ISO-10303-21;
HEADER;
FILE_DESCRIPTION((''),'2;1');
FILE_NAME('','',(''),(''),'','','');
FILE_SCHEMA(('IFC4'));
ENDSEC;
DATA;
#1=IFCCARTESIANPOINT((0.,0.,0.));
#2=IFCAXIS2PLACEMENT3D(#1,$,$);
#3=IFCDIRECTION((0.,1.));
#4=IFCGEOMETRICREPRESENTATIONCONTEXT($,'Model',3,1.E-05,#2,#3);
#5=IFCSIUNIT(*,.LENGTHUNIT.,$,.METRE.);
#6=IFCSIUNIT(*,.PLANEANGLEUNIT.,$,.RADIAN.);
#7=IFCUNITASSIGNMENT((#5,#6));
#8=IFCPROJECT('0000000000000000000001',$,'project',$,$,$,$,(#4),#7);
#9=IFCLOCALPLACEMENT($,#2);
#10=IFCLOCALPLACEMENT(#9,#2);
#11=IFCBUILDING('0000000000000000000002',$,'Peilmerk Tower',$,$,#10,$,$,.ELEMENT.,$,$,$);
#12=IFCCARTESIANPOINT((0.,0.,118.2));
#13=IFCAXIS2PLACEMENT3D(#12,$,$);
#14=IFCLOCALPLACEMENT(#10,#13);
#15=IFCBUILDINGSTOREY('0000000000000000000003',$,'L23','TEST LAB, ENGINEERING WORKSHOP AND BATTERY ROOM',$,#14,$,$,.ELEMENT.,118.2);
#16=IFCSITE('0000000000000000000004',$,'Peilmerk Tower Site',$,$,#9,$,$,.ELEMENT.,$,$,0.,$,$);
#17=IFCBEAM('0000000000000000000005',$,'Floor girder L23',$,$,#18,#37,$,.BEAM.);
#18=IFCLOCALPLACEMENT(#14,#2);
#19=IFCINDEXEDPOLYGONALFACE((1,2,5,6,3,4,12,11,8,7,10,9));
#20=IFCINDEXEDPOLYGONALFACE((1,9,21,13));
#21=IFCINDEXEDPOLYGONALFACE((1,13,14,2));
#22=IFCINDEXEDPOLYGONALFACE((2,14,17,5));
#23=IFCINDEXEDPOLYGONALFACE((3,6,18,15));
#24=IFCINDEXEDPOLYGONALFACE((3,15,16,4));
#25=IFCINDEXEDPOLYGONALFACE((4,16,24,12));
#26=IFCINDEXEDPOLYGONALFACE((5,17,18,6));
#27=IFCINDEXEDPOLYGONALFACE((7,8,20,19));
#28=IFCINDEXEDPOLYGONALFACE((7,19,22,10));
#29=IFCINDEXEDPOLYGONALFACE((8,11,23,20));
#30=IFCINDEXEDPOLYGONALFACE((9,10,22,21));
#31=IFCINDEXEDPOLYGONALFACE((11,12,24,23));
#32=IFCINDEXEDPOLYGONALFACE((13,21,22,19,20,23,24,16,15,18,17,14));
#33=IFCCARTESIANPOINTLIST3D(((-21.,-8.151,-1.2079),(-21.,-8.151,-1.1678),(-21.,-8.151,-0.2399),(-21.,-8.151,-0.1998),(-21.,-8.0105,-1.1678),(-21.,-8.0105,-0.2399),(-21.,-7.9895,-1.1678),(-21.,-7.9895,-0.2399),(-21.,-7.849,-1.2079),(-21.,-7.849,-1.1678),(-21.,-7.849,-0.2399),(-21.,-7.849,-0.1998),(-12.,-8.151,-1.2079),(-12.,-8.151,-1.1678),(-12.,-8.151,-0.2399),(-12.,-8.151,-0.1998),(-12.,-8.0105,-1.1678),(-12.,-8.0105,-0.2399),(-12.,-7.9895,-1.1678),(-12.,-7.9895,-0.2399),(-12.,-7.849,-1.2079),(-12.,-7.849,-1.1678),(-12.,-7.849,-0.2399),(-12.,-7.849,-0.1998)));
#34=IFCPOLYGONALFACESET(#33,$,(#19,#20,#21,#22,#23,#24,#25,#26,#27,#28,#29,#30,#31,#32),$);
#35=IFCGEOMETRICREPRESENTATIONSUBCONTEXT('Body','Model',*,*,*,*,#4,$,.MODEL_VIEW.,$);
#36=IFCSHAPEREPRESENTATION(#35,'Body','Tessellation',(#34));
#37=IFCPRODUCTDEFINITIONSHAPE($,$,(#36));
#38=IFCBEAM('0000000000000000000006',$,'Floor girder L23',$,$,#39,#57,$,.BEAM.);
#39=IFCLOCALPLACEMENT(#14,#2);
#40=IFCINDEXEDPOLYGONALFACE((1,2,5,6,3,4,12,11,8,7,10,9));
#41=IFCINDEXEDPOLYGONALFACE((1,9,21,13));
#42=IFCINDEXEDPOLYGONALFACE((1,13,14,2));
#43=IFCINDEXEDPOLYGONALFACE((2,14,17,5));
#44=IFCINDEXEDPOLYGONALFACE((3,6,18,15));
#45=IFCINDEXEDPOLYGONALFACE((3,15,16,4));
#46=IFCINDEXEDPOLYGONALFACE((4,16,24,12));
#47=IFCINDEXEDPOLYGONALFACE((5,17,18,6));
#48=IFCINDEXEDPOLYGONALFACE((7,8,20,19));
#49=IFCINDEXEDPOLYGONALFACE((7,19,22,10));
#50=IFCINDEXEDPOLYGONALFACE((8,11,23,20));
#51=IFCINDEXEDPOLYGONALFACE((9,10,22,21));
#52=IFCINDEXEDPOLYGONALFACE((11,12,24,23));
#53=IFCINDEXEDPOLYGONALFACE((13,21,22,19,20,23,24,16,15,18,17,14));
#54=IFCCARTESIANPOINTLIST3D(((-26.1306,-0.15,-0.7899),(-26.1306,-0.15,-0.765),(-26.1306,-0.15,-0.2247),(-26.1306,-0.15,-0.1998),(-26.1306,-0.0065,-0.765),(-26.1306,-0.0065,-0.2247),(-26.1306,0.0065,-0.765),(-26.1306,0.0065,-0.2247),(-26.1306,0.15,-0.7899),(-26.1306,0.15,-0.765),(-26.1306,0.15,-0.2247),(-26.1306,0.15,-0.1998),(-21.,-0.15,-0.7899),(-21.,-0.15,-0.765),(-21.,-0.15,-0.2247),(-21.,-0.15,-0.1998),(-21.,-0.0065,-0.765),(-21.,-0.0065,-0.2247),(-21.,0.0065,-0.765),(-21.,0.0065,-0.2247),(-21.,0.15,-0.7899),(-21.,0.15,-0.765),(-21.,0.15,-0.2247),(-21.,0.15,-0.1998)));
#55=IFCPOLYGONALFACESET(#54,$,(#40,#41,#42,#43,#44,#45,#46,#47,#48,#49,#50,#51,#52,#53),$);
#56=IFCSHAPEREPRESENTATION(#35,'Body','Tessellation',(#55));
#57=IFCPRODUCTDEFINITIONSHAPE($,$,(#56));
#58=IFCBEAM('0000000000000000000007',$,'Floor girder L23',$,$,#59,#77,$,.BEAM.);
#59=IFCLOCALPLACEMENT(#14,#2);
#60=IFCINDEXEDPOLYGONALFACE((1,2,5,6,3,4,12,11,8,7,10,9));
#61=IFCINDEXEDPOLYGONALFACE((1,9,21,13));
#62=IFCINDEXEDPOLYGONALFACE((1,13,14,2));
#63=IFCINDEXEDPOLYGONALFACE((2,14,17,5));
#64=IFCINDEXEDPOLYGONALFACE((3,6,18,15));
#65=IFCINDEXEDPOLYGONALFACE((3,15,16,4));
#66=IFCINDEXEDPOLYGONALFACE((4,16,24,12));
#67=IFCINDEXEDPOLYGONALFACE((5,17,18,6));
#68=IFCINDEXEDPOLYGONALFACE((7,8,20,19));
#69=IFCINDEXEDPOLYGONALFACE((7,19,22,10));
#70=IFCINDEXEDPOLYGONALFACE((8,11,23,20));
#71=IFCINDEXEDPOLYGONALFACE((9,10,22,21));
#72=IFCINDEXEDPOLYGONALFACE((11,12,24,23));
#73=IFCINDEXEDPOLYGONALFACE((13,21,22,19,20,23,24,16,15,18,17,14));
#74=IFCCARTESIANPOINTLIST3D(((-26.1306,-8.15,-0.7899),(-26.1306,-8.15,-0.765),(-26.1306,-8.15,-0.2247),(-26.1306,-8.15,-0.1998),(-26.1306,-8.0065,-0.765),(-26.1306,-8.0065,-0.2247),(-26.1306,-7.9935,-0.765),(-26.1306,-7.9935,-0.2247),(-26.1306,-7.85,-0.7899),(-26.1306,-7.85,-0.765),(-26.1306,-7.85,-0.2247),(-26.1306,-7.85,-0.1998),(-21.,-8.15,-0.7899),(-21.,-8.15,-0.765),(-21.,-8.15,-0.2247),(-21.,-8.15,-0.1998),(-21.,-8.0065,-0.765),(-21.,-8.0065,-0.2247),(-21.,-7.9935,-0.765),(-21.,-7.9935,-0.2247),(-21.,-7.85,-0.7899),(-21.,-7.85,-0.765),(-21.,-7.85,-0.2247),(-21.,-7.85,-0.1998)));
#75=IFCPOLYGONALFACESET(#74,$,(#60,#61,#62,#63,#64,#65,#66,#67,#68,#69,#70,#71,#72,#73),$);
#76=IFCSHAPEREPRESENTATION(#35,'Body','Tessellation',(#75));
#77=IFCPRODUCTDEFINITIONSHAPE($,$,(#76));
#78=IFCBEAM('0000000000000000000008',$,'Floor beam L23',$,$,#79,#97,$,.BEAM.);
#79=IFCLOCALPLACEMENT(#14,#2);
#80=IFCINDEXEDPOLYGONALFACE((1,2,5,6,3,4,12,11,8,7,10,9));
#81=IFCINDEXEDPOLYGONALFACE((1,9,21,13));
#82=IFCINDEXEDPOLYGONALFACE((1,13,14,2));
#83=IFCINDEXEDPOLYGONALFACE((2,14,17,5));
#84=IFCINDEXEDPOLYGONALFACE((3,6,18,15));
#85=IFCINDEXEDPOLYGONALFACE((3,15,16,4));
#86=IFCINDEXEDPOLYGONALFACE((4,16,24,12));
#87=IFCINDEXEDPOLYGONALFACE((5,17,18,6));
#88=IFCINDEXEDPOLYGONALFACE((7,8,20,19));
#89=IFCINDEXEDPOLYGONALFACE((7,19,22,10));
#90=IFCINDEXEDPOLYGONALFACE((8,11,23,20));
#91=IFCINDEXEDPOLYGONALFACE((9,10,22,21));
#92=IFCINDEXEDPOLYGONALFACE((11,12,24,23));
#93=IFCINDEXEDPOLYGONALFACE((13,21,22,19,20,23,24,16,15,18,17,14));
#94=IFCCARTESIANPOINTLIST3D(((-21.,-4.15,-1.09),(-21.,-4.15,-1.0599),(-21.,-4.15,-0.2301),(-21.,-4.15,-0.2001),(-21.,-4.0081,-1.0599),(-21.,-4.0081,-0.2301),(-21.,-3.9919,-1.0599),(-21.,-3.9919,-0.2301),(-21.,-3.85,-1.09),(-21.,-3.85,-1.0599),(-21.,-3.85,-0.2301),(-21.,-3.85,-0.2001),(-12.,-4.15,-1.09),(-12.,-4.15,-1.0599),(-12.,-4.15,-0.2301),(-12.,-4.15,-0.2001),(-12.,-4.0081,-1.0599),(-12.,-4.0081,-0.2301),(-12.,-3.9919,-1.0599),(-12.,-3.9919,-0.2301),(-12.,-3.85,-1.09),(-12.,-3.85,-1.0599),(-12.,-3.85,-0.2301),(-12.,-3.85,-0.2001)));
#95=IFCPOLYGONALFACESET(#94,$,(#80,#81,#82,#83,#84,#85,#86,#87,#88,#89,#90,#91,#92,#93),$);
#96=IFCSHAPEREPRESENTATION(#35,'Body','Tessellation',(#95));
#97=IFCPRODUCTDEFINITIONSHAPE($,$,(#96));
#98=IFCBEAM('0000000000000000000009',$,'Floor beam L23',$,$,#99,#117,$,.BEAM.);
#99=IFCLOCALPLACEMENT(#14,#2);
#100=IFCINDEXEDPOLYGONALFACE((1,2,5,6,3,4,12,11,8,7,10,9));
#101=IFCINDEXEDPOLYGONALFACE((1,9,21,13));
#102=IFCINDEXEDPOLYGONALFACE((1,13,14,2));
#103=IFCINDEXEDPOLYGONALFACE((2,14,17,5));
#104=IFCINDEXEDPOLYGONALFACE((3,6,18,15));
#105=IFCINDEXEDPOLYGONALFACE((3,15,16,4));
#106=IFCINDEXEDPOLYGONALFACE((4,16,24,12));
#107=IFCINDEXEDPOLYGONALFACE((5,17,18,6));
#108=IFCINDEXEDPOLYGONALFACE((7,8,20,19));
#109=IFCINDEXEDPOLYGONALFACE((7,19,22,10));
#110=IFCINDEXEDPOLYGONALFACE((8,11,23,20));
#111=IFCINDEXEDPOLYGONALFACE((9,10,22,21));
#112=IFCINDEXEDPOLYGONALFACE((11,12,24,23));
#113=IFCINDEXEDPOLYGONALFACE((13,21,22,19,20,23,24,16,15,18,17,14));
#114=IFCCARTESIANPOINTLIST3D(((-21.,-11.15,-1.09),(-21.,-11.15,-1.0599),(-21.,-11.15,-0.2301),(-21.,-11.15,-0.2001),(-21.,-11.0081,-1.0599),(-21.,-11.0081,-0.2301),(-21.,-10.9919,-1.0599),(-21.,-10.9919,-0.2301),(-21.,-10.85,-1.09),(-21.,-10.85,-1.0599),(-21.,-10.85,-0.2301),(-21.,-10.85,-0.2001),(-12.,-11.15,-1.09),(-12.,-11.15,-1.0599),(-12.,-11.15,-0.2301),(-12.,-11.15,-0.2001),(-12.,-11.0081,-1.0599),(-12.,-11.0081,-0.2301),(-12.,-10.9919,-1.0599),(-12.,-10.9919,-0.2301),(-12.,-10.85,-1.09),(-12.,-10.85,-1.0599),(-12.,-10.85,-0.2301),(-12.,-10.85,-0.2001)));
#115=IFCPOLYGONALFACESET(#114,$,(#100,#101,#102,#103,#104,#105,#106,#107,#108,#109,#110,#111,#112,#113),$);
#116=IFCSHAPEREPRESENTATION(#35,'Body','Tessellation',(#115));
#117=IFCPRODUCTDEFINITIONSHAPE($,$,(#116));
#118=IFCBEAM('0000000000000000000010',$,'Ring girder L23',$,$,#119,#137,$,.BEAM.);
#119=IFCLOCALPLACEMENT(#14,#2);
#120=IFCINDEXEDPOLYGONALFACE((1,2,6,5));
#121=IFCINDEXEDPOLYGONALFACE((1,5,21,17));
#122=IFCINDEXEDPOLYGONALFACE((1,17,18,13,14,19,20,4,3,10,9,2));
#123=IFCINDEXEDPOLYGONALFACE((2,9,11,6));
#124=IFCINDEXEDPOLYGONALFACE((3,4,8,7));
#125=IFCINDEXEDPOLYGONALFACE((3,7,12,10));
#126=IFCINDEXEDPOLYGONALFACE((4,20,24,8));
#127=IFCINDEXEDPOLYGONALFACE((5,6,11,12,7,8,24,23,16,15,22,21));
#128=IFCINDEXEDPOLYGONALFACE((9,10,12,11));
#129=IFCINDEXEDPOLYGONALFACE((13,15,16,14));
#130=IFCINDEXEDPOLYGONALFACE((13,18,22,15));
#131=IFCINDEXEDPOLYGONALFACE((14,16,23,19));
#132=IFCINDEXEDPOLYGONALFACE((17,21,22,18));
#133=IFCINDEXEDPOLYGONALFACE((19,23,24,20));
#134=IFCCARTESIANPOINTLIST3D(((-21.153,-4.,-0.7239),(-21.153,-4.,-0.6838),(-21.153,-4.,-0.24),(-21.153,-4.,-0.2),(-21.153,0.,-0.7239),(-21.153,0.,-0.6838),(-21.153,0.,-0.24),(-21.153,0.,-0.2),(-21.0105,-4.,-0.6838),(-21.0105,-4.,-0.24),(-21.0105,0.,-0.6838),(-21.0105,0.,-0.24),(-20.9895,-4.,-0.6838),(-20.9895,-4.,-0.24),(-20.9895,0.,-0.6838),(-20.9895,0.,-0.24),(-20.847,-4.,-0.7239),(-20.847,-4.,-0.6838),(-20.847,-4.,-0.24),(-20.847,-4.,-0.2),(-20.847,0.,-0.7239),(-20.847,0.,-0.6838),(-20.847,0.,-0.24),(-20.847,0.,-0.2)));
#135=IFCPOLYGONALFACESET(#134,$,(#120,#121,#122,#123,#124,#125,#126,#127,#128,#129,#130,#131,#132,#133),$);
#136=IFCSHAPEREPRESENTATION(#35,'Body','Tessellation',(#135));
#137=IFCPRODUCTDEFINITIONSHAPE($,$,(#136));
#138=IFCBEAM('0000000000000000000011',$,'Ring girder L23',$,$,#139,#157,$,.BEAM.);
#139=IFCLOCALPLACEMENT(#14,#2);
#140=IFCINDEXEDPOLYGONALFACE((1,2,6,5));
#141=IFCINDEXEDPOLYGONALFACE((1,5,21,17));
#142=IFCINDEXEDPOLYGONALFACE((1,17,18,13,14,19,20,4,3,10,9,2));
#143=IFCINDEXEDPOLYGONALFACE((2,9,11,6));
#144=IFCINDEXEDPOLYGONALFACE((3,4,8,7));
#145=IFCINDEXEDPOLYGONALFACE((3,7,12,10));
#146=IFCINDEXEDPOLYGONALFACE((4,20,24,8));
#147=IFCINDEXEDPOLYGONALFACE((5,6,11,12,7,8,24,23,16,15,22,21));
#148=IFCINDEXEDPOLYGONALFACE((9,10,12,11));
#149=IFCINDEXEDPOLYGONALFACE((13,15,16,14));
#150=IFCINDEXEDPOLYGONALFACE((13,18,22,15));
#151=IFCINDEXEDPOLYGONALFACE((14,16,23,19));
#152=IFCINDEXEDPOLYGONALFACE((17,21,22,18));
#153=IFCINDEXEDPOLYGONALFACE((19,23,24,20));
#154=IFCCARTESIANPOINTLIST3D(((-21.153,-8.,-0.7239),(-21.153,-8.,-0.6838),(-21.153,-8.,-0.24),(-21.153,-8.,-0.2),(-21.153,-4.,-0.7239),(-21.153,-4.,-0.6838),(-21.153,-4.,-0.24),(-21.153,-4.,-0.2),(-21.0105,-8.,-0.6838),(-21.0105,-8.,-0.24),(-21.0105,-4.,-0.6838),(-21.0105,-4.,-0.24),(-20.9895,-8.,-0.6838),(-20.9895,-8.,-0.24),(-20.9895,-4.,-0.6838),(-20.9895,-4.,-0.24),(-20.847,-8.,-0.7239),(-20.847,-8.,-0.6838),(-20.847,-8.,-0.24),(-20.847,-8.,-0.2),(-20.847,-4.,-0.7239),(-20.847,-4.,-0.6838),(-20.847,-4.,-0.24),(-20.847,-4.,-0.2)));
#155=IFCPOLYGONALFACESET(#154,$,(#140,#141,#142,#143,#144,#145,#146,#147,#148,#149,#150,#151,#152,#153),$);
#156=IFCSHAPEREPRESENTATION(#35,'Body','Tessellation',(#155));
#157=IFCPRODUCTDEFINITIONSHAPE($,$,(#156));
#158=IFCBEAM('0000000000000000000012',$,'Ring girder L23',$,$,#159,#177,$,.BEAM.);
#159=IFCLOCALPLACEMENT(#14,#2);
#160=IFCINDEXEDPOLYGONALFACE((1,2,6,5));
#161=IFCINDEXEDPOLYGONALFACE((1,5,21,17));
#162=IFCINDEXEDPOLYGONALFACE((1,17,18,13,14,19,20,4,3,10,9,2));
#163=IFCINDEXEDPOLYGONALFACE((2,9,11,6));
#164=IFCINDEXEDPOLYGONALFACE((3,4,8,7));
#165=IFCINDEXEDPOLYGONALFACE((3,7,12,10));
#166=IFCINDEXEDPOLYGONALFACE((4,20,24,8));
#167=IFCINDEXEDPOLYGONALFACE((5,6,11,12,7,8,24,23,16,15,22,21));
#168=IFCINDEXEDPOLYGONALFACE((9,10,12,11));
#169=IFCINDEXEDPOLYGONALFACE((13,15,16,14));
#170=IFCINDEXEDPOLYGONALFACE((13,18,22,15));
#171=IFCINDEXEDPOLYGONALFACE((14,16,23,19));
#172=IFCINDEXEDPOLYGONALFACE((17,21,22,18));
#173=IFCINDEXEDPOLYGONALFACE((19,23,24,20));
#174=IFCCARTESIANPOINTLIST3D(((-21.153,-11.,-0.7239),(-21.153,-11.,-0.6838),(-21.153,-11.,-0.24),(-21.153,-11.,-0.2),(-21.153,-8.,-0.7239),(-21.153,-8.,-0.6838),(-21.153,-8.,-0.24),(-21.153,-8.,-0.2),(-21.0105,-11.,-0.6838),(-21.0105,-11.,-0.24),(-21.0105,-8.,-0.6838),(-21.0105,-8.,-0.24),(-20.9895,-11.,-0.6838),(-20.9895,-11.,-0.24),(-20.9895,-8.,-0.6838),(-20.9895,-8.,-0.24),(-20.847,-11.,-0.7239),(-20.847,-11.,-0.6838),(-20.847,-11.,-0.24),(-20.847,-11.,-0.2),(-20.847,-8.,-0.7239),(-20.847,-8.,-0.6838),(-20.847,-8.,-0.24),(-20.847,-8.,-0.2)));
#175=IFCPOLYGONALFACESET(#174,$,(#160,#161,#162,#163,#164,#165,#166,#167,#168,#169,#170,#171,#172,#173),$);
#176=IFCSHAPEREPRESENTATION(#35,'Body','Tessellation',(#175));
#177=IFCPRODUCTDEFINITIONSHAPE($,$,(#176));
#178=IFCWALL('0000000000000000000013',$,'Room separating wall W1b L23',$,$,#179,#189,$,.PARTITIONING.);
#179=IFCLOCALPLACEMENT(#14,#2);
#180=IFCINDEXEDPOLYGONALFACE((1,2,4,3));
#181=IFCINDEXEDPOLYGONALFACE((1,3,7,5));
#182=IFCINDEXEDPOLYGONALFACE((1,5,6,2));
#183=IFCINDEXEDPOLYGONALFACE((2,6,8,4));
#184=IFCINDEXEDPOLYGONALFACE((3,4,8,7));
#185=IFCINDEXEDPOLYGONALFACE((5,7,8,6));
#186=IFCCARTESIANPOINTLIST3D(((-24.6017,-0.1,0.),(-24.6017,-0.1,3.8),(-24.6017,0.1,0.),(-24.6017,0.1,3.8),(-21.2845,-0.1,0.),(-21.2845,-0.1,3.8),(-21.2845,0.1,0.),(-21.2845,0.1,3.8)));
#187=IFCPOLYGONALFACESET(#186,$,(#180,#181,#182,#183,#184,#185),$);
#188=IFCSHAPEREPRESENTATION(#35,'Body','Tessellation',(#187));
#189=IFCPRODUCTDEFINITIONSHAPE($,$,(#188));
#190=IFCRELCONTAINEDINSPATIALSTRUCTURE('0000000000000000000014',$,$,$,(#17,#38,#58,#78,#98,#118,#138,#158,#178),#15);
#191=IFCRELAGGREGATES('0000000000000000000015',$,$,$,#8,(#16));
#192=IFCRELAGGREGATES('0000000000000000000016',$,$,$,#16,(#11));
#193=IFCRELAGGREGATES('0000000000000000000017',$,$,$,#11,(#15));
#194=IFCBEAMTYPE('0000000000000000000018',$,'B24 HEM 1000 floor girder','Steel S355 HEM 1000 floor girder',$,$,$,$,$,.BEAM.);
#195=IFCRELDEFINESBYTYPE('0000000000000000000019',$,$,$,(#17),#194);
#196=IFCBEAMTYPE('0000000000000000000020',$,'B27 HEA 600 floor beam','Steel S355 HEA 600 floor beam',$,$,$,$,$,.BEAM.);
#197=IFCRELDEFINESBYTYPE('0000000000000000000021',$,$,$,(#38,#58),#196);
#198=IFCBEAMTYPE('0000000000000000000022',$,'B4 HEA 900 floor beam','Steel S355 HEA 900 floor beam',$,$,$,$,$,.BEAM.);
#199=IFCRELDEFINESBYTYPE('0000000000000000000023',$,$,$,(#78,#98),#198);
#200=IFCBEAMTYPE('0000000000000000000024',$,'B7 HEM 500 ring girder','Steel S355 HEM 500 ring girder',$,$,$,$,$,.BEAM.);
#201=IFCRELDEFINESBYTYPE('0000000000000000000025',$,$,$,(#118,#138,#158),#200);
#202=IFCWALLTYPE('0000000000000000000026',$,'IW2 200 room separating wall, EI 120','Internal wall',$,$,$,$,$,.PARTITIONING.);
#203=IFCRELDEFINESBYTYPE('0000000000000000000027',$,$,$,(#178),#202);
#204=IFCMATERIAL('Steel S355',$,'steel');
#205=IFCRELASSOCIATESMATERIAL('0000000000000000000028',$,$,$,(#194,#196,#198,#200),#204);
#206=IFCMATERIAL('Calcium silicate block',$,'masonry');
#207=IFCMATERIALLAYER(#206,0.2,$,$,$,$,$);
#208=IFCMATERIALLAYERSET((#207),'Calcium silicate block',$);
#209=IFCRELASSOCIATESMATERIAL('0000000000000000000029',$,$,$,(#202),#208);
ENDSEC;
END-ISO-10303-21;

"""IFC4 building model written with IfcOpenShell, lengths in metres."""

from ifc_helpers import new_model, si_unit, direction, frame, frame_2d, origin, origin_2d, place, context, subcontext, project, spatial, rectangle, i_section, extrude, material, layer, layer_set, material_profile, profile_set, type_object, element, save


model = new_model("IFC4")

# Units and contexts
model_context = context("Model", 3, precision=1e-05, world=origin(), true_north=direction((0.0, 1.0)))
body_context = subcontext(model_context, "Body", "Model", "MODEL_VIEW")
ifc_project = project(units=[si_unit("LENGTHUNIT", "METRE"), si_unit("PLANEANGLEUNIT", "RADIAN")], contexts=[model_context])

# Site, building, storey
site_placement = place(None, origin())
site = spatial("IfcSite", under=ifc_project, at=site_placement, Name="Peilmerk Tower Site", CompositionType="ELEMENT", RefElevation=0.0)
building_placement = place(site_placement, origin())
building = spatial("IfcBuilding", under=site, at=building_placement, Name="Peilmerk Tower", CompositionType="ELEMENT")
storey_placement = place(building_placement, frame((0.0, 0.0, 118.2)))
storey = spatial("IfcBuildingStorey", under=building, at=storey_placement, Name="L23", Description="TEST LAB, ENGINEERING WORKSHOP AND BATTERY ROOM", CompositionType="ELEMENT", Elevation=118.2)

# Beams
ifc_material_1 = material(Name="Steel S355", Category="steel")
ifc_material_profile_1 = material_profile(ifc_material_1, i_section(OverallWidth=0.302, OverallDepth=1.0081, WebThickness=0.021, FlangeThickness=0.04, at=origin_2d()), Name="HEM 1000")
ifc_profile_set_1 = profile_set([ifc_material_profile_1], Name="Steel S355")
beam_type_1 = type_object("IfcBeamType", Name="B24 HEM 1000 floor girder", Description="Steel S355 HEM 1000 floor girder", PredefinedType="BEAM", material=ifc_profile_set_1)
beam_1_placement = place(storey_placement, frame((-12.0, -8.0, -0.7039), z_axis=(-1.0, 0.0, 0.0), x_axis=(0.0, -1.0, 0.0)))
element("IfcBeam", 1, at=beam_1_placement, inside=storey, type_object=beam_type_1, Name="Floor girder L23", PredefinedType="BEAM", context=body_context, shape_type="SweptSolid", body=[
    extrude(i_section(OverallWidth=0.302, OverallDepth=1.0081, WebThickness=0.021, FlangeThickness=0.04, at=origin_2d()), origin(), (0.0, 0.0, 1.0), 9.0),
])
ifc_material_profile_2 = material_profile(ifc_material_1, i_section(OverallWidth=0.3, OverallDepth=0.5901, WebThickness=0.0129, FlangeThickness=0.0249, at=origin_2d()), Name="HEA 600")
ifc_profile_set_2 = profile_set([ifc_material_profile_2], Name="Steel S355")
beam_type_2 = type_object("IfcBeamType", Name="B27 HEA 600 floor beam", Description="Steel S355 HEA 600 floor beam", PredefinedType="BEAM", material=ifc_profile_set_2)
for number, where, z_axis, x_axis, name in (
    (2, (-21.0, 0.0, -0.4949), (-1.0, 0.0, 0.0), (0.0, -1.0, 0.0), "Floor girder L23"),
    (3, (-21.0, -8.0, -0.4949), (-1.0, 0.0, 0.0), (0.0, -1.0, 0.0), "Floor girder L23"),
):
    element("IfcBeam", number, at=place(storey_placement, frame(where, z_axis=z_axis, x_axis=x_axis)), inside=storey, type_object=beam_type_2, Name=name, PredefinedType="BEAM", context=body_context, shape_type="SweptSolid", body=[
        extrude(i_section(OverallWidth=0.3, OverallDepth=0.5901, WebThickness=0.0129, FlangeThickness=0.0249, at=origin_2d()), origin(), (0.0, 0.0, 1.0), 5.1306),
    ])
ifc_material_profile_3 = material_profile(ifc_material_1, i_section(OverallWidth=0.3, OverallDepth=0.8899, WebThickness=0.0161, FlangeThickness=0.03, at=origin_2d()), Name="HEA 900")
ifc_profile_set_3 = profile_set([ifc_material_profile_3], Name="Steel S355")
beam_type_3 = type_object("IfcBeamType", Name="B4 HEA 900 floor beam", Description="Steel S355 HEA 900 floor beam", PredefinedType="BEAM", material=ifc_profile_set_3)
for number, where, z_axis, x_axis, name in (
    (4, (-12.0, -4.0, -0.645), (-1.0, 0.0, 0.0), (0.0, -1.0, 0.0), "Floor beam L23"),
    (5, (-12.0, -11.0, -0.645), (-1.0, 0.0, 0.0), (0.0, -1.0, 0.0), "Floor beam L23"),
):
    element("IfcBeam", number, at=place(storey_placement, frame(where, z_axis=z_axis, x_axis=x_axis)), inside=storey, type_object=beam_type_3, Name=name, PredefinedType="BEAM", context=body_context, shape_type="SweptSolid", body=[
        extrude(i_section(OverallWidth=0.3, OverallDepth=0.8899, WebThickness=0.0161, FlangeThickness=0.03, at=origin_2d()), origin(), (0.0, 0.0, 1.0), 9.0),
    ])
ifc_material_profile_4 = material_profile(ifc_material_1, i_section(OverallWidth=0.3059, OverallDepth=0.5239, WebThickness=0.021, FlangeThickness=0.04, at=origin_2d()), Name="HEM 500")
ifc_profile_set_4 = profile_set([ifc_material_profile_4], Name="Steel S355")
beam_type_4 = type_object("IfcBeamType", Name="B7 HEM 500 ring girder", Description="Steel S355 HEM 500 ring girder", PredefinedType="BEAM", material=ifc_profile_set_4)
for number, where, z_axis, x_axis, name in (
    (6, (-21.0, 0.0, -0.4619), (0.0, -1.0, 0.0), (1.0, 0.0, 0.0), "Ring girder L23"),
    (7, (-21.0, -4.0, -0.4619), (0.0, -1.0, 0.0), (1.0, 0.0, 0.0), "Ring girder L23"),
):
    element("IfcBeam", number, at=place(storey_placement, frame(where, z_axis=z_axis, x_axis=x_axis)), inside=storey, type_object=beam_type_4, Name=name, PredefinedType="BEAM", context=body_context, shape_type="SweptSolid", body=[
        extrude(i_section(OverallWidth=0.3059, OverallDepth=0.5239, WebThickness=0.021, FlangeThickness=0.04, at=origin_2d()), origin(), (0.0, 0.0, 1.0), 4.0),
    ])
beam_2_placement = place(storey_placement, frame((-21.0, -8.0, -0.4619), z_axis=(0.0, -1.0, 0.0), x_axis=(1.0, 0.0, 0.0)))
element("IfcBeam", 8, at=beam_2_placement, inside=storey, type_object=beam_type_4, Name="Ring girder L23", PredefinedType="BEAM", context=body_context, shape_type="SweptSolid", body=[
    extrude(i_section(OverallWidth=0.3059, OverallDepth=0.5239, WebThickness=0.021, FlangeThickness=0.04, at=origin_2d()), origin(), (0.0, 0.0, 1.0), 3.0),
])

# Wall
ifc_material_2 = material(Name="Calcium silicate block", Category="masonry")
ifc_layer_1 = layer(ifc_material_2, 0.2)
ifc_layer_set_1 = layer_set([ifc_layer_1], Name="Calcium silicate block")
wall_type_1 = type_object("IfcWallType", Name="IW2 200 room separating wall, EI 120", Description="Internal wall", PredefinedType="PARTITIONING", material=ifc_layer_set_1)
wall_1_placement = place(storey_placement, frame((-21.2844, 0.0, 0.0), z_axis=(0.0, 0.0, 1.0), x_axis=(-1.0, 0.0, 0.0)))
element("IfcWall", 9, at=wall_1_placement, inside=storey, type_object=wall_type_1, Name="Room separating wall W1b L23", PredefinedType="PARTITIONING", context=body_context, shape_type="SweptSolid", body=[
    extrude(rectangle(XDim=3.3171, YDim=0.2, at=frame_2d((1.6587, 0.0))), origin(), (0.0, 0.0, 1.0), 3.8),
])

save(model, "model.ifc")
